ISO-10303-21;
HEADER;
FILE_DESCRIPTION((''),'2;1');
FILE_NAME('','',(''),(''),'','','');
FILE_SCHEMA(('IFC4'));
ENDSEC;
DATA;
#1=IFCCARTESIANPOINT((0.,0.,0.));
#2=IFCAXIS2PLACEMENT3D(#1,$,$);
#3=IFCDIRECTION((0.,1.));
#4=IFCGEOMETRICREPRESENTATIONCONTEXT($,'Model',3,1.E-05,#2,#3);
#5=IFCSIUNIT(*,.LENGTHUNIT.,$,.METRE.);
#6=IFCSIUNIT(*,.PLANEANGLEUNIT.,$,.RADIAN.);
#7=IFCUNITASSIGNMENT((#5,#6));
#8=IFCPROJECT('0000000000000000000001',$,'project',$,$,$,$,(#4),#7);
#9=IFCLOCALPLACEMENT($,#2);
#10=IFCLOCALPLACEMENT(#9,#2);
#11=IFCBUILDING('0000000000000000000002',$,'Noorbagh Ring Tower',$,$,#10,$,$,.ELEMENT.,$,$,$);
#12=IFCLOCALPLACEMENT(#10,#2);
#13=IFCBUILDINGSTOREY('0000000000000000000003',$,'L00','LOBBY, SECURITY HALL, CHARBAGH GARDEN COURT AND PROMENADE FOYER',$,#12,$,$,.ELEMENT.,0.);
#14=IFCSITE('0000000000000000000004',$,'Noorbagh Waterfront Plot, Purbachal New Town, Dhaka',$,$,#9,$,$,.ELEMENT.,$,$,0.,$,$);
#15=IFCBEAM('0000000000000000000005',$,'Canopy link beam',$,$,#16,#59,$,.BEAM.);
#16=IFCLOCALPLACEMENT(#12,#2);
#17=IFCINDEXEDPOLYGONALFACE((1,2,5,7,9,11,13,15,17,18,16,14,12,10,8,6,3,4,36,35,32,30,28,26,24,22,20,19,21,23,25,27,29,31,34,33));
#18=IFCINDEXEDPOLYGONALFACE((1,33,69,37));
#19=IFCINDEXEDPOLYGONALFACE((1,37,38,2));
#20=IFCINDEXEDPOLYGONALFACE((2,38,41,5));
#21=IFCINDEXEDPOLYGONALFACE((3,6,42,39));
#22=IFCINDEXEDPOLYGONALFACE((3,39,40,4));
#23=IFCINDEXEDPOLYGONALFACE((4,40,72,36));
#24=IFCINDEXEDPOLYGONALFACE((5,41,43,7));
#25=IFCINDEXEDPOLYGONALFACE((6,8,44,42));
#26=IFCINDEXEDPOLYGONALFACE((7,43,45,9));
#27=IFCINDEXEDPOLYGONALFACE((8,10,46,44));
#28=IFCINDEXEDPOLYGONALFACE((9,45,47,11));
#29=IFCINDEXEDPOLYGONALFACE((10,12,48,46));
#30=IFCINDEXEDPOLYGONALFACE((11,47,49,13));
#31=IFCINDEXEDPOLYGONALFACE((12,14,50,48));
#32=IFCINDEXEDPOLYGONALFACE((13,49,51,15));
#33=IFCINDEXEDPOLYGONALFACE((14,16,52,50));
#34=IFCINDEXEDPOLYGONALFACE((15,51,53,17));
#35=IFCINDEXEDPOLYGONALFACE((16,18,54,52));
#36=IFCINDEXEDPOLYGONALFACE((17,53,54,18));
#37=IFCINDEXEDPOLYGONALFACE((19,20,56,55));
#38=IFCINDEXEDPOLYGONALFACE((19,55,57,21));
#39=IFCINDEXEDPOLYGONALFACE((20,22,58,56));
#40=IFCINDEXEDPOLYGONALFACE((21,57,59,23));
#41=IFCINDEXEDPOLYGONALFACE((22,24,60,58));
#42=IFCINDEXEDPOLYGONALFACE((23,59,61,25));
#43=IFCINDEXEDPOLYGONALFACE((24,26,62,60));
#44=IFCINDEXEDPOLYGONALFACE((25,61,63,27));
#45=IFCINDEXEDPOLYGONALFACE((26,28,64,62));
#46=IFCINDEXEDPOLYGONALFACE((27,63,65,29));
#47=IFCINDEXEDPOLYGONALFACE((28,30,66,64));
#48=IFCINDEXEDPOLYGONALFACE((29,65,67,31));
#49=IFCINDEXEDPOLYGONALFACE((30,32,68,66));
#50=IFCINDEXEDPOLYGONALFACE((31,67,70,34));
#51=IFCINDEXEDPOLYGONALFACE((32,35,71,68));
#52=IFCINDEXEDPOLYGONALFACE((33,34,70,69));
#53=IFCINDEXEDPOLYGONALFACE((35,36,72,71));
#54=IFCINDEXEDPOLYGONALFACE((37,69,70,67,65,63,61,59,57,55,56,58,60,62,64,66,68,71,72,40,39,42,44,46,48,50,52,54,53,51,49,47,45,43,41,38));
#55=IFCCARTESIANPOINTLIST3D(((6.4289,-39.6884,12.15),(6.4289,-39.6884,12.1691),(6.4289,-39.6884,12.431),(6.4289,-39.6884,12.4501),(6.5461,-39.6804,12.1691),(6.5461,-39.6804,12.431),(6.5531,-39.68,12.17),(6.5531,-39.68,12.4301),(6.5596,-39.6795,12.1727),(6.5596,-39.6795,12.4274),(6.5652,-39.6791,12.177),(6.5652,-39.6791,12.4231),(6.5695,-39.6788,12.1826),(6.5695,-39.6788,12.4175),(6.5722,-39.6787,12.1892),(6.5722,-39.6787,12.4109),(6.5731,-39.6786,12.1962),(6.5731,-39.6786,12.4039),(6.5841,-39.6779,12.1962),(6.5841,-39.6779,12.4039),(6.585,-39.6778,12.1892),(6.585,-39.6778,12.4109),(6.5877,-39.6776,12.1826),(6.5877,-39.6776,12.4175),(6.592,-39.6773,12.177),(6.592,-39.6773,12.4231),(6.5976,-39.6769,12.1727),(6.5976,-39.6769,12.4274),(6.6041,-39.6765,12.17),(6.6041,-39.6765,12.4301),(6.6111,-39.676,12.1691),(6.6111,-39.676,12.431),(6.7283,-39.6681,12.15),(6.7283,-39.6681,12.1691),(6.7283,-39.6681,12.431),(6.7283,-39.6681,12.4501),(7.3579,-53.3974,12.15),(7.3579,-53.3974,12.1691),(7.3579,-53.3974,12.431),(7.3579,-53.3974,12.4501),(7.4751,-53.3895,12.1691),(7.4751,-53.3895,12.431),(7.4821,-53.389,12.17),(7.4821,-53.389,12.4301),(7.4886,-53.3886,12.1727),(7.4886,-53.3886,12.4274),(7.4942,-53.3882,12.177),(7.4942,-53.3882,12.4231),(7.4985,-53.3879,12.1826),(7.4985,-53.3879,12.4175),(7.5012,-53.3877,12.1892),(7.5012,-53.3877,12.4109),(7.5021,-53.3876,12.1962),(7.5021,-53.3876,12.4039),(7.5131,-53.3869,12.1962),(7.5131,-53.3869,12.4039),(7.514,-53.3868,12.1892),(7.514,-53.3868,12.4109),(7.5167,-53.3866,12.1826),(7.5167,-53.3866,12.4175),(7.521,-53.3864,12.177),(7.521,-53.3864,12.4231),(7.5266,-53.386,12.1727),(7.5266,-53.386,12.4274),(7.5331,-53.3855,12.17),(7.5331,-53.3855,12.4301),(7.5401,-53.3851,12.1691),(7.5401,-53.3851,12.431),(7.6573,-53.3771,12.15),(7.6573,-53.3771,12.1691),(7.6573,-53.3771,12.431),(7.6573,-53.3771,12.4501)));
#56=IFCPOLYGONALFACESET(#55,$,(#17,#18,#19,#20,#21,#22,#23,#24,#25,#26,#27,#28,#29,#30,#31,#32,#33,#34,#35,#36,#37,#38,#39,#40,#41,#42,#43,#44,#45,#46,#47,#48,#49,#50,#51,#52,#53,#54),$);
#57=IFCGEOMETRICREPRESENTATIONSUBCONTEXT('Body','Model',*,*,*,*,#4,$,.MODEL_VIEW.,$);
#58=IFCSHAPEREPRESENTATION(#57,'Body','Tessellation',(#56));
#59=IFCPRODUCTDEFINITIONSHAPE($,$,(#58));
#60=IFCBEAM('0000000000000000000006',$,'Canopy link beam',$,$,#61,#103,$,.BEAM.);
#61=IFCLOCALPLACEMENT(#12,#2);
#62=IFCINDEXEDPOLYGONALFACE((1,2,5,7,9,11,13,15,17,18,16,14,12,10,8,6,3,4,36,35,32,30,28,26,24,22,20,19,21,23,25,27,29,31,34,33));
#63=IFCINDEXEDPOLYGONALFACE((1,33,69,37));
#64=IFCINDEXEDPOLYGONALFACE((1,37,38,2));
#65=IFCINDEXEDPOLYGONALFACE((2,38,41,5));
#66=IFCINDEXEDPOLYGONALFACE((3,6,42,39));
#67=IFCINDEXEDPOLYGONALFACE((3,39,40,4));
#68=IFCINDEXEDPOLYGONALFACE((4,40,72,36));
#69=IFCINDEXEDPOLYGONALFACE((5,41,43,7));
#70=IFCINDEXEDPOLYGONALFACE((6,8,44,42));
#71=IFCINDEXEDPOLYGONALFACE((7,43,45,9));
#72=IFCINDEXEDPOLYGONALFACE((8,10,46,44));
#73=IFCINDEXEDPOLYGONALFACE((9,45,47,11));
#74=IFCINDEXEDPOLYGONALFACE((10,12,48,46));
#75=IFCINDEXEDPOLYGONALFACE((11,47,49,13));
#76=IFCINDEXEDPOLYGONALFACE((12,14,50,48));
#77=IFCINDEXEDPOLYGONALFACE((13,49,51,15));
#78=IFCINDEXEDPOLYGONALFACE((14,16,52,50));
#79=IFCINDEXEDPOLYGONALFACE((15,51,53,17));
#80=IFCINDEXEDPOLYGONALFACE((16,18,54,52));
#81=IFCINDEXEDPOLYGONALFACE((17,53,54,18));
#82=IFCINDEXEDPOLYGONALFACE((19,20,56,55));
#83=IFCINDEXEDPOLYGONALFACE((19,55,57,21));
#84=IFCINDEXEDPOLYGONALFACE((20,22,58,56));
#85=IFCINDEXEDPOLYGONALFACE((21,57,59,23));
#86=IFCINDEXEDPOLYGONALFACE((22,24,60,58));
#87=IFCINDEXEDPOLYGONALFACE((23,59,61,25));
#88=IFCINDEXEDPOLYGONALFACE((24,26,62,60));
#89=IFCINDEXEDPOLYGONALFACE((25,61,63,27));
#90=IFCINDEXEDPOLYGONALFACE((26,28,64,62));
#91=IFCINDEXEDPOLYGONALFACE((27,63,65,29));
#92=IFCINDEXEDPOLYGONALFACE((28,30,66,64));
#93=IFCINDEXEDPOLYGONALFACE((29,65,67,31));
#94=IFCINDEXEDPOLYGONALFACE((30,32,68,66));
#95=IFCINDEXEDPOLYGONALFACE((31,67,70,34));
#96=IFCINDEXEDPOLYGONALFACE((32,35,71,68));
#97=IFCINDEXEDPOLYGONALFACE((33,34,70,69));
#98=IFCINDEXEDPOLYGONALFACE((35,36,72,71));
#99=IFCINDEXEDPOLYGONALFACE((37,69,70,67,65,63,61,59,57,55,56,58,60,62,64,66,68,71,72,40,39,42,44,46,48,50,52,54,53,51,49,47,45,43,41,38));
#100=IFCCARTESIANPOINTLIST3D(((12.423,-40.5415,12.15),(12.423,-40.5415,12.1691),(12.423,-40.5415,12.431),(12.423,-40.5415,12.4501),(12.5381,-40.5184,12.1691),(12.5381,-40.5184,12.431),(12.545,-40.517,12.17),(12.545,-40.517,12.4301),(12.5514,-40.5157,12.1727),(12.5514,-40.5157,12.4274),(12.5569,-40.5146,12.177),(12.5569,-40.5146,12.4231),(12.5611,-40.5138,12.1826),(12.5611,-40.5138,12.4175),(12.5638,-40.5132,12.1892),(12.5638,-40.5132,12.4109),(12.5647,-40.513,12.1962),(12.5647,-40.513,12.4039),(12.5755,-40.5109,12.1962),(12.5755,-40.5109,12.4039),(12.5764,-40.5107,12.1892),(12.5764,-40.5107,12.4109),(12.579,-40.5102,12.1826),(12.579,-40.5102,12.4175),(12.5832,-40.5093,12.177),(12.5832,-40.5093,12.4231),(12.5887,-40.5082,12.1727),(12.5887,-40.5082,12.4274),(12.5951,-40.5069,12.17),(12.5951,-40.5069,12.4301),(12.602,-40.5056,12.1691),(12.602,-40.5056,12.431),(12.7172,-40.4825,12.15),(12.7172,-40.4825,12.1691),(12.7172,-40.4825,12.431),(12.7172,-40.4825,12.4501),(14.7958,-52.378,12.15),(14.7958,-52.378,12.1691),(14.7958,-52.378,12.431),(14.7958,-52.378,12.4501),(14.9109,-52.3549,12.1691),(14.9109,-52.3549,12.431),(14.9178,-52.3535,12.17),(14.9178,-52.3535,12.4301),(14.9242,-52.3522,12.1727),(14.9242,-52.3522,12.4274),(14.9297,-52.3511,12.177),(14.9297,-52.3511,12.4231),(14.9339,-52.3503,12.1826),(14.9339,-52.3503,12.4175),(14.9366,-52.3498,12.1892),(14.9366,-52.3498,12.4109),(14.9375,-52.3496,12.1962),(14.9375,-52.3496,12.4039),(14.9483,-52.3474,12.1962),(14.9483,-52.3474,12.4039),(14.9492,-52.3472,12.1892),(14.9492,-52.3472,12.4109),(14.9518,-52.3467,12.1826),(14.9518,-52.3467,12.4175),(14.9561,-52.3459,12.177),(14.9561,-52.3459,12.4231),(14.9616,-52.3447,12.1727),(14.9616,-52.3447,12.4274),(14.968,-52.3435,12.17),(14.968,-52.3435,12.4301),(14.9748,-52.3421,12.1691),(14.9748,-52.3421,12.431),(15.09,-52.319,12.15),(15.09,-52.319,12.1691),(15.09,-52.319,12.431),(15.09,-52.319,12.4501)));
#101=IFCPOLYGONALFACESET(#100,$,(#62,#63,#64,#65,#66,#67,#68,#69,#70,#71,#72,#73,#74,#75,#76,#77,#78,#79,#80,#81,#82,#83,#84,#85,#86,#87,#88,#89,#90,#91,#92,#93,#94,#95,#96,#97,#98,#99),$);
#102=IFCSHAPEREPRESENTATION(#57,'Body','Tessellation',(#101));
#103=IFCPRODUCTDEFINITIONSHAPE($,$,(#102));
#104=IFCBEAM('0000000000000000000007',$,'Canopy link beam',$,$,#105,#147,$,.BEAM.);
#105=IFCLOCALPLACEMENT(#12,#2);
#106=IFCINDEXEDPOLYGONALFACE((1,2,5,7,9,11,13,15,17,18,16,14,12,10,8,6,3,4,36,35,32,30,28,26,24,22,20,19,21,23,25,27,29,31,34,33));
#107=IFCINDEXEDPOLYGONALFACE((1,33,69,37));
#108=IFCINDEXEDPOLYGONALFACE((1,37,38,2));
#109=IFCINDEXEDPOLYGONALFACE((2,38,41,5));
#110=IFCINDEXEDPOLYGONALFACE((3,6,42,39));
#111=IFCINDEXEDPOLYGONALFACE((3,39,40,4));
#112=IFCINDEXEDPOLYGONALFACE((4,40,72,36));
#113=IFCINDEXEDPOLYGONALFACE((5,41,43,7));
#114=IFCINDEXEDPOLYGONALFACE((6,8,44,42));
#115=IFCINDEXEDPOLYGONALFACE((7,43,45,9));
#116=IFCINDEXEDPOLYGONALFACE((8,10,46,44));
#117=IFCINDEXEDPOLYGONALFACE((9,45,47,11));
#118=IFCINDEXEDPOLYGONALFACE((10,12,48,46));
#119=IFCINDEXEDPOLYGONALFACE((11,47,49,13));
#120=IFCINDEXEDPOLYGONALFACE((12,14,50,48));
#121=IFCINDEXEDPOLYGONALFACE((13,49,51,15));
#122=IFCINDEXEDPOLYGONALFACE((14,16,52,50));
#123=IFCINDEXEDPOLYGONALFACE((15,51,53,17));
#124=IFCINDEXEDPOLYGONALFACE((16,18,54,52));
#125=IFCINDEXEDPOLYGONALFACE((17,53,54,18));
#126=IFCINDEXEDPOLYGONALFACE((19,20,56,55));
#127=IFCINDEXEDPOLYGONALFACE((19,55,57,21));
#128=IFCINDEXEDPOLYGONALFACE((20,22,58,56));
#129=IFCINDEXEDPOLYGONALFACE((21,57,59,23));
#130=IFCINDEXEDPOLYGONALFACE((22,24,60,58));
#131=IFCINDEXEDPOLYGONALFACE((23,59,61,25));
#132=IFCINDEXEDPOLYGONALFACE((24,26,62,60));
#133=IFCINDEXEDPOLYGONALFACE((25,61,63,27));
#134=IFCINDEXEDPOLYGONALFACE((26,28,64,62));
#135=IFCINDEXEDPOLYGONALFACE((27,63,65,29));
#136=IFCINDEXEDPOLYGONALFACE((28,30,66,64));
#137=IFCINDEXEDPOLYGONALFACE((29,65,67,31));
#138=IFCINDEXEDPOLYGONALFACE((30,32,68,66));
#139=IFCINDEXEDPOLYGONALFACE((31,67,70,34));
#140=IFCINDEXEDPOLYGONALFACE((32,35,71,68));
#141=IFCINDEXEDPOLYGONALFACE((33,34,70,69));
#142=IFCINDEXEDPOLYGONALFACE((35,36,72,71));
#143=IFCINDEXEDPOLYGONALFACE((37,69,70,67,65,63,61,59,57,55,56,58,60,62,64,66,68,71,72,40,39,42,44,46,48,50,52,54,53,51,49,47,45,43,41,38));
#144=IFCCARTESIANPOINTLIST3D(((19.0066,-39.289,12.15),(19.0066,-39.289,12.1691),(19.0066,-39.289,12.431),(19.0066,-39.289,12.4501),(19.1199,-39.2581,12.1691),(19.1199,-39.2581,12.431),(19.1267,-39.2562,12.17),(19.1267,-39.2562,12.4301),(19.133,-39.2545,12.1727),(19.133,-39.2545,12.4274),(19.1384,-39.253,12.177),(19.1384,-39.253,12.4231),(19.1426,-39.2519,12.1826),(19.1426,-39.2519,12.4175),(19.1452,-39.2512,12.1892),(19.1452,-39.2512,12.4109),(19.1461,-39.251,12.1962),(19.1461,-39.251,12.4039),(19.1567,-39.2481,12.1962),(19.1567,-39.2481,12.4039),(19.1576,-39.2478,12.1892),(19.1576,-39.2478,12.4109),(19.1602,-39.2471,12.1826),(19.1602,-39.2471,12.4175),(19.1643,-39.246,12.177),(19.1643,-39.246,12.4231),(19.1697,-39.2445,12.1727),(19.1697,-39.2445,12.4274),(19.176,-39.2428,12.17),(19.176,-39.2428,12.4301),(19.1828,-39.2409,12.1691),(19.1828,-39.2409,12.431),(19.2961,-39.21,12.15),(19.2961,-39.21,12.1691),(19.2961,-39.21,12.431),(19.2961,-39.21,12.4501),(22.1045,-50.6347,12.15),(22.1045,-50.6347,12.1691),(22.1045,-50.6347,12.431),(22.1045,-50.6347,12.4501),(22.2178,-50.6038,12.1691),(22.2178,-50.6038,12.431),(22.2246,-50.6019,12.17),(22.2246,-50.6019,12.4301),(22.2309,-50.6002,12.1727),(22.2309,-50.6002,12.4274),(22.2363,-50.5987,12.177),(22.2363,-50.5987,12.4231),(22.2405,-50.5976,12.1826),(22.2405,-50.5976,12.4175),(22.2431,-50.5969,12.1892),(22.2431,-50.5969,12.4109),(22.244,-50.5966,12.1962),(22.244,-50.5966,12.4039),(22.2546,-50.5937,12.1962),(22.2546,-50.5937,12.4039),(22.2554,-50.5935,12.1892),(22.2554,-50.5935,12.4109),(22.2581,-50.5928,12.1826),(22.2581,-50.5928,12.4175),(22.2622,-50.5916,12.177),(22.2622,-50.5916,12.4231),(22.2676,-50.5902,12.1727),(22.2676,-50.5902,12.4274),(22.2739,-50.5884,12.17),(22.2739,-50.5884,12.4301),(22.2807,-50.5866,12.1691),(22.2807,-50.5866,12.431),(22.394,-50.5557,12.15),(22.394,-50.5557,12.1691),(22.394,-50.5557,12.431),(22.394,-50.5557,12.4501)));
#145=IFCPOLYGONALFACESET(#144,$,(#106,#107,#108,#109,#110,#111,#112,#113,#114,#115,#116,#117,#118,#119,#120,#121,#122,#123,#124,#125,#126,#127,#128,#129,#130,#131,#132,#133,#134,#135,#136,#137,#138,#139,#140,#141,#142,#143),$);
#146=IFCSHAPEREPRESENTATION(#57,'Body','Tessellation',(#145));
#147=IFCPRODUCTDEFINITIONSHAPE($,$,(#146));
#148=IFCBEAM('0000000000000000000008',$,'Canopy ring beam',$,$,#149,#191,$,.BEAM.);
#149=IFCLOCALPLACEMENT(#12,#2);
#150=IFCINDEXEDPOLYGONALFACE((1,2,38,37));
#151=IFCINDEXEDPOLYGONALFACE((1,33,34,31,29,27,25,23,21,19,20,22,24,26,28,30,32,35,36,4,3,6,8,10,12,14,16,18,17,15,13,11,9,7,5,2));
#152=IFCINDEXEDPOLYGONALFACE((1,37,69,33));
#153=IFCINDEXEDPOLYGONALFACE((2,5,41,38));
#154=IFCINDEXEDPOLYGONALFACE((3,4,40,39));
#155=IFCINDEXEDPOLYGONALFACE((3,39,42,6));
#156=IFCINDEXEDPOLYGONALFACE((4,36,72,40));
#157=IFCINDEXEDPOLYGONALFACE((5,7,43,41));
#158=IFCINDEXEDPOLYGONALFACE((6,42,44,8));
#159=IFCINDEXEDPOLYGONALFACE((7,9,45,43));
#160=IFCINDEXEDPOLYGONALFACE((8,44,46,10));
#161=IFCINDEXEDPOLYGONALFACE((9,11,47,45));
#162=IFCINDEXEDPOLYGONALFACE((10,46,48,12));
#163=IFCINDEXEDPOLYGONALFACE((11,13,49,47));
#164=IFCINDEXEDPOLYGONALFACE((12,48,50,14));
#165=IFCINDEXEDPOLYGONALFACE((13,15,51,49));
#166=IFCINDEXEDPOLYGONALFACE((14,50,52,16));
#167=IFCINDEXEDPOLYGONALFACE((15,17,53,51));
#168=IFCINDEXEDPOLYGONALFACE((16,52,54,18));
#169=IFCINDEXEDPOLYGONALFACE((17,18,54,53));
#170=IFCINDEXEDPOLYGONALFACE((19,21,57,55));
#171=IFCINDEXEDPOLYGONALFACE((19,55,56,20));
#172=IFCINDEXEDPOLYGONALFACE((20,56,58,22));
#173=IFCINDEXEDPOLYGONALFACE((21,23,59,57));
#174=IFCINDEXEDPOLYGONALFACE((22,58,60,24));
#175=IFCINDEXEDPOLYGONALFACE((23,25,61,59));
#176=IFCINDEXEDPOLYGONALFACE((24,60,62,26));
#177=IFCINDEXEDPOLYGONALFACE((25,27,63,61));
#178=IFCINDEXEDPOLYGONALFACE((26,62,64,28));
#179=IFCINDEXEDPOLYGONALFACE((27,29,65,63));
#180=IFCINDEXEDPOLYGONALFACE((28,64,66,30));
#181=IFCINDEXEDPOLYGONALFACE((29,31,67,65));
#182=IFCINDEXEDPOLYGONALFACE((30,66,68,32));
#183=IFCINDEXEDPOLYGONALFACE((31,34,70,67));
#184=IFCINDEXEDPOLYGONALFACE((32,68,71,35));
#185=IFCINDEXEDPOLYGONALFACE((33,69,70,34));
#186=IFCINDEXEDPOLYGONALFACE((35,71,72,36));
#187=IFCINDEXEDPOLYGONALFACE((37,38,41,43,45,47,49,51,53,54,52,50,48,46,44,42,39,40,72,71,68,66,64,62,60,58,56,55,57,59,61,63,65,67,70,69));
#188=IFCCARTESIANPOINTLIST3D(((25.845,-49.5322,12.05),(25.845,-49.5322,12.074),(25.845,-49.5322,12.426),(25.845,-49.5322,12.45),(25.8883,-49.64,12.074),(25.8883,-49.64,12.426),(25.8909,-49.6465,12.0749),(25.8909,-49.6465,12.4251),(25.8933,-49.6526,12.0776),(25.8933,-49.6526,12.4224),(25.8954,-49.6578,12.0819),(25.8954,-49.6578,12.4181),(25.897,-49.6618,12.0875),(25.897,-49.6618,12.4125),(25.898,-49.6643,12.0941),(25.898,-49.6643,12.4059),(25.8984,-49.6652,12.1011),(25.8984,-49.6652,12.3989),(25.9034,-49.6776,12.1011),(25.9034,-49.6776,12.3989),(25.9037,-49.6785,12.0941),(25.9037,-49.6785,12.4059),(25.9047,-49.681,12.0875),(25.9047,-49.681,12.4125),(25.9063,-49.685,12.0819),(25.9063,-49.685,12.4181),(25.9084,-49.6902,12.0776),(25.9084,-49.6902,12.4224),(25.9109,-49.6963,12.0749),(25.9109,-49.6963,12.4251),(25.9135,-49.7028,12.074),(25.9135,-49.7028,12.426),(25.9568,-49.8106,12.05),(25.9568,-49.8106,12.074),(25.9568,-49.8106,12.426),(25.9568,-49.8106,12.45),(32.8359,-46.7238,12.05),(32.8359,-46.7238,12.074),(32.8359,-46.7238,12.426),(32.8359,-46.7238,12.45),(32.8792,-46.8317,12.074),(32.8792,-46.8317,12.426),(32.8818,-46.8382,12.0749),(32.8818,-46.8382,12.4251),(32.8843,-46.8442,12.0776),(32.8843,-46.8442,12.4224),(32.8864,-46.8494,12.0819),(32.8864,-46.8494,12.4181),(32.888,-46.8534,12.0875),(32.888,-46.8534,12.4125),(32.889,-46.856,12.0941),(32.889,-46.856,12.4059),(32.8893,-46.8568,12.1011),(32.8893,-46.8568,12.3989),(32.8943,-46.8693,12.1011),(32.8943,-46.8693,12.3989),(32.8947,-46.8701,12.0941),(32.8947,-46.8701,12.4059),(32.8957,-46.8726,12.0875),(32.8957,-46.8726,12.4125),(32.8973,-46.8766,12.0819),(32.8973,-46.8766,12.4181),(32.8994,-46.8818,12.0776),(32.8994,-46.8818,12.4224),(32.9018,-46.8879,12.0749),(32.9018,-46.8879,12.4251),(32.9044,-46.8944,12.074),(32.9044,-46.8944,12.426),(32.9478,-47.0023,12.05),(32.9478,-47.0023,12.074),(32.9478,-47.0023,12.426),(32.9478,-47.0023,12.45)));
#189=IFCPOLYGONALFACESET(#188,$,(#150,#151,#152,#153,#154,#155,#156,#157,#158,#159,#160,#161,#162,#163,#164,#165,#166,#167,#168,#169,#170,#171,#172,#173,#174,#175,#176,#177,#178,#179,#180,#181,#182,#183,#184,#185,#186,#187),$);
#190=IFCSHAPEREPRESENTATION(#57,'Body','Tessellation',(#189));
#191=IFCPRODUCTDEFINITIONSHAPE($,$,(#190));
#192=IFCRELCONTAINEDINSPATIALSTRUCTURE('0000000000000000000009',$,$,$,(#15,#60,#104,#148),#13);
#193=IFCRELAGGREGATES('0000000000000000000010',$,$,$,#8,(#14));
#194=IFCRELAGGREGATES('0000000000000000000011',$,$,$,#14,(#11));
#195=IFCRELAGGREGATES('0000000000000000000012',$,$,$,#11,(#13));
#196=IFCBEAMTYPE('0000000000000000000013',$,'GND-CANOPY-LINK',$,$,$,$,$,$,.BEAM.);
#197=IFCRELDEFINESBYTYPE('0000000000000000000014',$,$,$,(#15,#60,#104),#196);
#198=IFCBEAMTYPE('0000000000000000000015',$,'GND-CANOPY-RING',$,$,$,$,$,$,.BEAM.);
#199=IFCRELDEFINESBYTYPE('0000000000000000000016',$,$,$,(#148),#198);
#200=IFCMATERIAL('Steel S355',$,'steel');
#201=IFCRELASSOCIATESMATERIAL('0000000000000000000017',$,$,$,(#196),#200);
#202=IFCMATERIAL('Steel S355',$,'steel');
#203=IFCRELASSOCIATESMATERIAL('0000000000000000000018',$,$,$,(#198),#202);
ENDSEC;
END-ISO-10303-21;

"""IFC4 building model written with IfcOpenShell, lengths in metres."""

from ifc_helpers import new_model, si_unit, direction, frame, origin, origin_2d, place, context, subcontext, project, spatial, i_section, extrude, material, material_profile, profile_set, type_object, element, save


model = new_model("IFC4")

# Units and contexts
model_context = context("Model", 3, precision=1e-05, world=origin(), true_north=direction((0.0, 1.0)))
body_context = subcontext(model_context, "Body", "Model", "MODEL_VIEW")
ifc_project = project(units=[si_unit("LENGTHUNIT", "METRE"), si_unit("PLANEANGLEUNIT", "RADIAN")], contexts=[model_context])

# Site, building, storey
site_placement = place(None, origin())
site = spatial("IfcSite", under=ifc_project, at=site_placement, Name="Noorbagh Waterfront Plot, Purbachal New Town, Dhaka", CompositionType="ELEMENT", RefElevation=0.0)
building_placement = place(site_placement, origin())
building = spatial("IfcBuilding", under=site, at=building_placement, Name="Noorbagh Ring Tower", CompositionType="ELEMENT")
storey_placement = place(building_placement, origin())
storey = spatial("IfcBuildingStorey", under=building, at=storey_placement, Name="L00", Description="LOBBY, SECURITY HALL, CHARBAGH GARDEN COURT AND PROMENADE FOYER", CompositionType="ELEMENT", Elevation=0.0)

# Beams
ifc_material_1 = material(Name="Steel S355", Category="steel")
ifc_material_profile_1 = material_profile(ifc_material_1, i_section(OverallWidth=0.3, OverallDepth=0.3, WebThickness=0.011, FlangeThickness=0.019, FilletRadius=0.0271, at=origin_2d()), Name="HEB300")
ifc_profile_set_1 = profile_set([ifc_material_profile_1], Name="Steel S355")
beam_type_1 = type_object("IfcBeamType", Name="GND-CANOPY-LINK", PredefinedType="BEAM", material=ifc_profile_set_1)
beam_1_placement = place(storey_placement, frame((6.5786, -39.6782, 12.3), z_axis=(0.067607, -0.997712, 0.0), x_axis=(0.997712, 0.067607, 0.0)))
element("IfcBeam", 1, at=beam_1_placement, inside=storey, type_object=beam_type_1, Name="Canopy link beam", PredefinedType="BEAM", context=body_context, shape_type="SweptSolid", body=[
    extrude(i_section(OverallWidth=0.3, OverallDepth=0.3, WebThickness=0.011, FlangeThickness=0.019, FilletRadius=0.0271, at=origin_2d()), origin(), (0.0, 0.0, 1.0), 13.7405),
])
beam_2_placement = place(storey_placement, frame((12.5701, -40.512, 12.3), z_axis=(0.196556, -0.980493, 0.0), x_axis=(0.980493, 0.196556, 0.0)))
element("IfcBeam", 2, at=beam_2_placement, inside=storey, type_object=beam_type_1, Name="Canopy link beam", PredefinedType="BEAM", context=body_context, shape_type="SweptSolid", body=[
    extrude(i_section(OverallWidth=0.3, OverallDepth=0.3, WebThickness=0.011, FlangeThickness=0.019, FilletRadius=0.0271, at=origin_2d()), origin(), (0.0, 0.0, 1.0), 12.072),
])
beam_3_placement = place(storey_placement, frame((19.1514, -39.2495, 12.3), z_axis=(0.263404, -0.964686, 0.0), x_axis=(0.964686, 0.263404, 0.0)))
element("IfcBeam", 3, at=beam_3_placement, inside=storey, type_object=beam_type_1, Name="Canopy link beam", PredefinedType="BEAM", context=body_context, shape_type="SweptSolid", body=[
    extrude(i_section(OverallWidth=0.3, OverallDepth=0.3, WebThickness=0.011, FlangeThickness=0.019, FilletRadius=0.0271, at=origin_2d()), origin(), (0.0, 0.0, 1.0), 11.761),
])
ifc_material_2 = material(Name="Steel S355", Category="steel")
ifc_material_profile_2 = material_profile(ifc_material_2, i_section(OverallWidth=0.3, OverallDepth=0.3999, WebThickness=0.0134, FlangeThickness=0.0239, FilletRadius=0.0271, at=origin_2d()), Name="HEB400")
ifc_profile_set_2 = profile_set([ifc_material_profile_2], Name="Steel S355")
beam_type_2 = type_object("IfcBeamType", Name="GND-CANOPY-RING", PredefinedType="BEAM", material=ifc_profile_set_2)
beam_4_placement = place(storey_placement, frame((25.9009, -49.6714, 12.25), z_axis=(0.927928, 0.372759, 0.0), x_axis=(-0.372759, 0.927928, 0.0)))
element("IfcBeam", 4, at=beam_4_placement, inside=storey, type_object=beam_type_2, Name="Canopy ring beam", PredefinedType="BEAM", context=body_context, shape_type="SweptSolid", body=[
    extrude(i_section(OverallWidth=0.3, OverallDepth=0.3999, WebThickness=0.0134, FlangeThickness=0.0239, FilletRadius=0.0271, at=origin_2d()), origin(), (0.0, 0.0, 1.0), 7.5339),
])

save(model, "model.ifc")
